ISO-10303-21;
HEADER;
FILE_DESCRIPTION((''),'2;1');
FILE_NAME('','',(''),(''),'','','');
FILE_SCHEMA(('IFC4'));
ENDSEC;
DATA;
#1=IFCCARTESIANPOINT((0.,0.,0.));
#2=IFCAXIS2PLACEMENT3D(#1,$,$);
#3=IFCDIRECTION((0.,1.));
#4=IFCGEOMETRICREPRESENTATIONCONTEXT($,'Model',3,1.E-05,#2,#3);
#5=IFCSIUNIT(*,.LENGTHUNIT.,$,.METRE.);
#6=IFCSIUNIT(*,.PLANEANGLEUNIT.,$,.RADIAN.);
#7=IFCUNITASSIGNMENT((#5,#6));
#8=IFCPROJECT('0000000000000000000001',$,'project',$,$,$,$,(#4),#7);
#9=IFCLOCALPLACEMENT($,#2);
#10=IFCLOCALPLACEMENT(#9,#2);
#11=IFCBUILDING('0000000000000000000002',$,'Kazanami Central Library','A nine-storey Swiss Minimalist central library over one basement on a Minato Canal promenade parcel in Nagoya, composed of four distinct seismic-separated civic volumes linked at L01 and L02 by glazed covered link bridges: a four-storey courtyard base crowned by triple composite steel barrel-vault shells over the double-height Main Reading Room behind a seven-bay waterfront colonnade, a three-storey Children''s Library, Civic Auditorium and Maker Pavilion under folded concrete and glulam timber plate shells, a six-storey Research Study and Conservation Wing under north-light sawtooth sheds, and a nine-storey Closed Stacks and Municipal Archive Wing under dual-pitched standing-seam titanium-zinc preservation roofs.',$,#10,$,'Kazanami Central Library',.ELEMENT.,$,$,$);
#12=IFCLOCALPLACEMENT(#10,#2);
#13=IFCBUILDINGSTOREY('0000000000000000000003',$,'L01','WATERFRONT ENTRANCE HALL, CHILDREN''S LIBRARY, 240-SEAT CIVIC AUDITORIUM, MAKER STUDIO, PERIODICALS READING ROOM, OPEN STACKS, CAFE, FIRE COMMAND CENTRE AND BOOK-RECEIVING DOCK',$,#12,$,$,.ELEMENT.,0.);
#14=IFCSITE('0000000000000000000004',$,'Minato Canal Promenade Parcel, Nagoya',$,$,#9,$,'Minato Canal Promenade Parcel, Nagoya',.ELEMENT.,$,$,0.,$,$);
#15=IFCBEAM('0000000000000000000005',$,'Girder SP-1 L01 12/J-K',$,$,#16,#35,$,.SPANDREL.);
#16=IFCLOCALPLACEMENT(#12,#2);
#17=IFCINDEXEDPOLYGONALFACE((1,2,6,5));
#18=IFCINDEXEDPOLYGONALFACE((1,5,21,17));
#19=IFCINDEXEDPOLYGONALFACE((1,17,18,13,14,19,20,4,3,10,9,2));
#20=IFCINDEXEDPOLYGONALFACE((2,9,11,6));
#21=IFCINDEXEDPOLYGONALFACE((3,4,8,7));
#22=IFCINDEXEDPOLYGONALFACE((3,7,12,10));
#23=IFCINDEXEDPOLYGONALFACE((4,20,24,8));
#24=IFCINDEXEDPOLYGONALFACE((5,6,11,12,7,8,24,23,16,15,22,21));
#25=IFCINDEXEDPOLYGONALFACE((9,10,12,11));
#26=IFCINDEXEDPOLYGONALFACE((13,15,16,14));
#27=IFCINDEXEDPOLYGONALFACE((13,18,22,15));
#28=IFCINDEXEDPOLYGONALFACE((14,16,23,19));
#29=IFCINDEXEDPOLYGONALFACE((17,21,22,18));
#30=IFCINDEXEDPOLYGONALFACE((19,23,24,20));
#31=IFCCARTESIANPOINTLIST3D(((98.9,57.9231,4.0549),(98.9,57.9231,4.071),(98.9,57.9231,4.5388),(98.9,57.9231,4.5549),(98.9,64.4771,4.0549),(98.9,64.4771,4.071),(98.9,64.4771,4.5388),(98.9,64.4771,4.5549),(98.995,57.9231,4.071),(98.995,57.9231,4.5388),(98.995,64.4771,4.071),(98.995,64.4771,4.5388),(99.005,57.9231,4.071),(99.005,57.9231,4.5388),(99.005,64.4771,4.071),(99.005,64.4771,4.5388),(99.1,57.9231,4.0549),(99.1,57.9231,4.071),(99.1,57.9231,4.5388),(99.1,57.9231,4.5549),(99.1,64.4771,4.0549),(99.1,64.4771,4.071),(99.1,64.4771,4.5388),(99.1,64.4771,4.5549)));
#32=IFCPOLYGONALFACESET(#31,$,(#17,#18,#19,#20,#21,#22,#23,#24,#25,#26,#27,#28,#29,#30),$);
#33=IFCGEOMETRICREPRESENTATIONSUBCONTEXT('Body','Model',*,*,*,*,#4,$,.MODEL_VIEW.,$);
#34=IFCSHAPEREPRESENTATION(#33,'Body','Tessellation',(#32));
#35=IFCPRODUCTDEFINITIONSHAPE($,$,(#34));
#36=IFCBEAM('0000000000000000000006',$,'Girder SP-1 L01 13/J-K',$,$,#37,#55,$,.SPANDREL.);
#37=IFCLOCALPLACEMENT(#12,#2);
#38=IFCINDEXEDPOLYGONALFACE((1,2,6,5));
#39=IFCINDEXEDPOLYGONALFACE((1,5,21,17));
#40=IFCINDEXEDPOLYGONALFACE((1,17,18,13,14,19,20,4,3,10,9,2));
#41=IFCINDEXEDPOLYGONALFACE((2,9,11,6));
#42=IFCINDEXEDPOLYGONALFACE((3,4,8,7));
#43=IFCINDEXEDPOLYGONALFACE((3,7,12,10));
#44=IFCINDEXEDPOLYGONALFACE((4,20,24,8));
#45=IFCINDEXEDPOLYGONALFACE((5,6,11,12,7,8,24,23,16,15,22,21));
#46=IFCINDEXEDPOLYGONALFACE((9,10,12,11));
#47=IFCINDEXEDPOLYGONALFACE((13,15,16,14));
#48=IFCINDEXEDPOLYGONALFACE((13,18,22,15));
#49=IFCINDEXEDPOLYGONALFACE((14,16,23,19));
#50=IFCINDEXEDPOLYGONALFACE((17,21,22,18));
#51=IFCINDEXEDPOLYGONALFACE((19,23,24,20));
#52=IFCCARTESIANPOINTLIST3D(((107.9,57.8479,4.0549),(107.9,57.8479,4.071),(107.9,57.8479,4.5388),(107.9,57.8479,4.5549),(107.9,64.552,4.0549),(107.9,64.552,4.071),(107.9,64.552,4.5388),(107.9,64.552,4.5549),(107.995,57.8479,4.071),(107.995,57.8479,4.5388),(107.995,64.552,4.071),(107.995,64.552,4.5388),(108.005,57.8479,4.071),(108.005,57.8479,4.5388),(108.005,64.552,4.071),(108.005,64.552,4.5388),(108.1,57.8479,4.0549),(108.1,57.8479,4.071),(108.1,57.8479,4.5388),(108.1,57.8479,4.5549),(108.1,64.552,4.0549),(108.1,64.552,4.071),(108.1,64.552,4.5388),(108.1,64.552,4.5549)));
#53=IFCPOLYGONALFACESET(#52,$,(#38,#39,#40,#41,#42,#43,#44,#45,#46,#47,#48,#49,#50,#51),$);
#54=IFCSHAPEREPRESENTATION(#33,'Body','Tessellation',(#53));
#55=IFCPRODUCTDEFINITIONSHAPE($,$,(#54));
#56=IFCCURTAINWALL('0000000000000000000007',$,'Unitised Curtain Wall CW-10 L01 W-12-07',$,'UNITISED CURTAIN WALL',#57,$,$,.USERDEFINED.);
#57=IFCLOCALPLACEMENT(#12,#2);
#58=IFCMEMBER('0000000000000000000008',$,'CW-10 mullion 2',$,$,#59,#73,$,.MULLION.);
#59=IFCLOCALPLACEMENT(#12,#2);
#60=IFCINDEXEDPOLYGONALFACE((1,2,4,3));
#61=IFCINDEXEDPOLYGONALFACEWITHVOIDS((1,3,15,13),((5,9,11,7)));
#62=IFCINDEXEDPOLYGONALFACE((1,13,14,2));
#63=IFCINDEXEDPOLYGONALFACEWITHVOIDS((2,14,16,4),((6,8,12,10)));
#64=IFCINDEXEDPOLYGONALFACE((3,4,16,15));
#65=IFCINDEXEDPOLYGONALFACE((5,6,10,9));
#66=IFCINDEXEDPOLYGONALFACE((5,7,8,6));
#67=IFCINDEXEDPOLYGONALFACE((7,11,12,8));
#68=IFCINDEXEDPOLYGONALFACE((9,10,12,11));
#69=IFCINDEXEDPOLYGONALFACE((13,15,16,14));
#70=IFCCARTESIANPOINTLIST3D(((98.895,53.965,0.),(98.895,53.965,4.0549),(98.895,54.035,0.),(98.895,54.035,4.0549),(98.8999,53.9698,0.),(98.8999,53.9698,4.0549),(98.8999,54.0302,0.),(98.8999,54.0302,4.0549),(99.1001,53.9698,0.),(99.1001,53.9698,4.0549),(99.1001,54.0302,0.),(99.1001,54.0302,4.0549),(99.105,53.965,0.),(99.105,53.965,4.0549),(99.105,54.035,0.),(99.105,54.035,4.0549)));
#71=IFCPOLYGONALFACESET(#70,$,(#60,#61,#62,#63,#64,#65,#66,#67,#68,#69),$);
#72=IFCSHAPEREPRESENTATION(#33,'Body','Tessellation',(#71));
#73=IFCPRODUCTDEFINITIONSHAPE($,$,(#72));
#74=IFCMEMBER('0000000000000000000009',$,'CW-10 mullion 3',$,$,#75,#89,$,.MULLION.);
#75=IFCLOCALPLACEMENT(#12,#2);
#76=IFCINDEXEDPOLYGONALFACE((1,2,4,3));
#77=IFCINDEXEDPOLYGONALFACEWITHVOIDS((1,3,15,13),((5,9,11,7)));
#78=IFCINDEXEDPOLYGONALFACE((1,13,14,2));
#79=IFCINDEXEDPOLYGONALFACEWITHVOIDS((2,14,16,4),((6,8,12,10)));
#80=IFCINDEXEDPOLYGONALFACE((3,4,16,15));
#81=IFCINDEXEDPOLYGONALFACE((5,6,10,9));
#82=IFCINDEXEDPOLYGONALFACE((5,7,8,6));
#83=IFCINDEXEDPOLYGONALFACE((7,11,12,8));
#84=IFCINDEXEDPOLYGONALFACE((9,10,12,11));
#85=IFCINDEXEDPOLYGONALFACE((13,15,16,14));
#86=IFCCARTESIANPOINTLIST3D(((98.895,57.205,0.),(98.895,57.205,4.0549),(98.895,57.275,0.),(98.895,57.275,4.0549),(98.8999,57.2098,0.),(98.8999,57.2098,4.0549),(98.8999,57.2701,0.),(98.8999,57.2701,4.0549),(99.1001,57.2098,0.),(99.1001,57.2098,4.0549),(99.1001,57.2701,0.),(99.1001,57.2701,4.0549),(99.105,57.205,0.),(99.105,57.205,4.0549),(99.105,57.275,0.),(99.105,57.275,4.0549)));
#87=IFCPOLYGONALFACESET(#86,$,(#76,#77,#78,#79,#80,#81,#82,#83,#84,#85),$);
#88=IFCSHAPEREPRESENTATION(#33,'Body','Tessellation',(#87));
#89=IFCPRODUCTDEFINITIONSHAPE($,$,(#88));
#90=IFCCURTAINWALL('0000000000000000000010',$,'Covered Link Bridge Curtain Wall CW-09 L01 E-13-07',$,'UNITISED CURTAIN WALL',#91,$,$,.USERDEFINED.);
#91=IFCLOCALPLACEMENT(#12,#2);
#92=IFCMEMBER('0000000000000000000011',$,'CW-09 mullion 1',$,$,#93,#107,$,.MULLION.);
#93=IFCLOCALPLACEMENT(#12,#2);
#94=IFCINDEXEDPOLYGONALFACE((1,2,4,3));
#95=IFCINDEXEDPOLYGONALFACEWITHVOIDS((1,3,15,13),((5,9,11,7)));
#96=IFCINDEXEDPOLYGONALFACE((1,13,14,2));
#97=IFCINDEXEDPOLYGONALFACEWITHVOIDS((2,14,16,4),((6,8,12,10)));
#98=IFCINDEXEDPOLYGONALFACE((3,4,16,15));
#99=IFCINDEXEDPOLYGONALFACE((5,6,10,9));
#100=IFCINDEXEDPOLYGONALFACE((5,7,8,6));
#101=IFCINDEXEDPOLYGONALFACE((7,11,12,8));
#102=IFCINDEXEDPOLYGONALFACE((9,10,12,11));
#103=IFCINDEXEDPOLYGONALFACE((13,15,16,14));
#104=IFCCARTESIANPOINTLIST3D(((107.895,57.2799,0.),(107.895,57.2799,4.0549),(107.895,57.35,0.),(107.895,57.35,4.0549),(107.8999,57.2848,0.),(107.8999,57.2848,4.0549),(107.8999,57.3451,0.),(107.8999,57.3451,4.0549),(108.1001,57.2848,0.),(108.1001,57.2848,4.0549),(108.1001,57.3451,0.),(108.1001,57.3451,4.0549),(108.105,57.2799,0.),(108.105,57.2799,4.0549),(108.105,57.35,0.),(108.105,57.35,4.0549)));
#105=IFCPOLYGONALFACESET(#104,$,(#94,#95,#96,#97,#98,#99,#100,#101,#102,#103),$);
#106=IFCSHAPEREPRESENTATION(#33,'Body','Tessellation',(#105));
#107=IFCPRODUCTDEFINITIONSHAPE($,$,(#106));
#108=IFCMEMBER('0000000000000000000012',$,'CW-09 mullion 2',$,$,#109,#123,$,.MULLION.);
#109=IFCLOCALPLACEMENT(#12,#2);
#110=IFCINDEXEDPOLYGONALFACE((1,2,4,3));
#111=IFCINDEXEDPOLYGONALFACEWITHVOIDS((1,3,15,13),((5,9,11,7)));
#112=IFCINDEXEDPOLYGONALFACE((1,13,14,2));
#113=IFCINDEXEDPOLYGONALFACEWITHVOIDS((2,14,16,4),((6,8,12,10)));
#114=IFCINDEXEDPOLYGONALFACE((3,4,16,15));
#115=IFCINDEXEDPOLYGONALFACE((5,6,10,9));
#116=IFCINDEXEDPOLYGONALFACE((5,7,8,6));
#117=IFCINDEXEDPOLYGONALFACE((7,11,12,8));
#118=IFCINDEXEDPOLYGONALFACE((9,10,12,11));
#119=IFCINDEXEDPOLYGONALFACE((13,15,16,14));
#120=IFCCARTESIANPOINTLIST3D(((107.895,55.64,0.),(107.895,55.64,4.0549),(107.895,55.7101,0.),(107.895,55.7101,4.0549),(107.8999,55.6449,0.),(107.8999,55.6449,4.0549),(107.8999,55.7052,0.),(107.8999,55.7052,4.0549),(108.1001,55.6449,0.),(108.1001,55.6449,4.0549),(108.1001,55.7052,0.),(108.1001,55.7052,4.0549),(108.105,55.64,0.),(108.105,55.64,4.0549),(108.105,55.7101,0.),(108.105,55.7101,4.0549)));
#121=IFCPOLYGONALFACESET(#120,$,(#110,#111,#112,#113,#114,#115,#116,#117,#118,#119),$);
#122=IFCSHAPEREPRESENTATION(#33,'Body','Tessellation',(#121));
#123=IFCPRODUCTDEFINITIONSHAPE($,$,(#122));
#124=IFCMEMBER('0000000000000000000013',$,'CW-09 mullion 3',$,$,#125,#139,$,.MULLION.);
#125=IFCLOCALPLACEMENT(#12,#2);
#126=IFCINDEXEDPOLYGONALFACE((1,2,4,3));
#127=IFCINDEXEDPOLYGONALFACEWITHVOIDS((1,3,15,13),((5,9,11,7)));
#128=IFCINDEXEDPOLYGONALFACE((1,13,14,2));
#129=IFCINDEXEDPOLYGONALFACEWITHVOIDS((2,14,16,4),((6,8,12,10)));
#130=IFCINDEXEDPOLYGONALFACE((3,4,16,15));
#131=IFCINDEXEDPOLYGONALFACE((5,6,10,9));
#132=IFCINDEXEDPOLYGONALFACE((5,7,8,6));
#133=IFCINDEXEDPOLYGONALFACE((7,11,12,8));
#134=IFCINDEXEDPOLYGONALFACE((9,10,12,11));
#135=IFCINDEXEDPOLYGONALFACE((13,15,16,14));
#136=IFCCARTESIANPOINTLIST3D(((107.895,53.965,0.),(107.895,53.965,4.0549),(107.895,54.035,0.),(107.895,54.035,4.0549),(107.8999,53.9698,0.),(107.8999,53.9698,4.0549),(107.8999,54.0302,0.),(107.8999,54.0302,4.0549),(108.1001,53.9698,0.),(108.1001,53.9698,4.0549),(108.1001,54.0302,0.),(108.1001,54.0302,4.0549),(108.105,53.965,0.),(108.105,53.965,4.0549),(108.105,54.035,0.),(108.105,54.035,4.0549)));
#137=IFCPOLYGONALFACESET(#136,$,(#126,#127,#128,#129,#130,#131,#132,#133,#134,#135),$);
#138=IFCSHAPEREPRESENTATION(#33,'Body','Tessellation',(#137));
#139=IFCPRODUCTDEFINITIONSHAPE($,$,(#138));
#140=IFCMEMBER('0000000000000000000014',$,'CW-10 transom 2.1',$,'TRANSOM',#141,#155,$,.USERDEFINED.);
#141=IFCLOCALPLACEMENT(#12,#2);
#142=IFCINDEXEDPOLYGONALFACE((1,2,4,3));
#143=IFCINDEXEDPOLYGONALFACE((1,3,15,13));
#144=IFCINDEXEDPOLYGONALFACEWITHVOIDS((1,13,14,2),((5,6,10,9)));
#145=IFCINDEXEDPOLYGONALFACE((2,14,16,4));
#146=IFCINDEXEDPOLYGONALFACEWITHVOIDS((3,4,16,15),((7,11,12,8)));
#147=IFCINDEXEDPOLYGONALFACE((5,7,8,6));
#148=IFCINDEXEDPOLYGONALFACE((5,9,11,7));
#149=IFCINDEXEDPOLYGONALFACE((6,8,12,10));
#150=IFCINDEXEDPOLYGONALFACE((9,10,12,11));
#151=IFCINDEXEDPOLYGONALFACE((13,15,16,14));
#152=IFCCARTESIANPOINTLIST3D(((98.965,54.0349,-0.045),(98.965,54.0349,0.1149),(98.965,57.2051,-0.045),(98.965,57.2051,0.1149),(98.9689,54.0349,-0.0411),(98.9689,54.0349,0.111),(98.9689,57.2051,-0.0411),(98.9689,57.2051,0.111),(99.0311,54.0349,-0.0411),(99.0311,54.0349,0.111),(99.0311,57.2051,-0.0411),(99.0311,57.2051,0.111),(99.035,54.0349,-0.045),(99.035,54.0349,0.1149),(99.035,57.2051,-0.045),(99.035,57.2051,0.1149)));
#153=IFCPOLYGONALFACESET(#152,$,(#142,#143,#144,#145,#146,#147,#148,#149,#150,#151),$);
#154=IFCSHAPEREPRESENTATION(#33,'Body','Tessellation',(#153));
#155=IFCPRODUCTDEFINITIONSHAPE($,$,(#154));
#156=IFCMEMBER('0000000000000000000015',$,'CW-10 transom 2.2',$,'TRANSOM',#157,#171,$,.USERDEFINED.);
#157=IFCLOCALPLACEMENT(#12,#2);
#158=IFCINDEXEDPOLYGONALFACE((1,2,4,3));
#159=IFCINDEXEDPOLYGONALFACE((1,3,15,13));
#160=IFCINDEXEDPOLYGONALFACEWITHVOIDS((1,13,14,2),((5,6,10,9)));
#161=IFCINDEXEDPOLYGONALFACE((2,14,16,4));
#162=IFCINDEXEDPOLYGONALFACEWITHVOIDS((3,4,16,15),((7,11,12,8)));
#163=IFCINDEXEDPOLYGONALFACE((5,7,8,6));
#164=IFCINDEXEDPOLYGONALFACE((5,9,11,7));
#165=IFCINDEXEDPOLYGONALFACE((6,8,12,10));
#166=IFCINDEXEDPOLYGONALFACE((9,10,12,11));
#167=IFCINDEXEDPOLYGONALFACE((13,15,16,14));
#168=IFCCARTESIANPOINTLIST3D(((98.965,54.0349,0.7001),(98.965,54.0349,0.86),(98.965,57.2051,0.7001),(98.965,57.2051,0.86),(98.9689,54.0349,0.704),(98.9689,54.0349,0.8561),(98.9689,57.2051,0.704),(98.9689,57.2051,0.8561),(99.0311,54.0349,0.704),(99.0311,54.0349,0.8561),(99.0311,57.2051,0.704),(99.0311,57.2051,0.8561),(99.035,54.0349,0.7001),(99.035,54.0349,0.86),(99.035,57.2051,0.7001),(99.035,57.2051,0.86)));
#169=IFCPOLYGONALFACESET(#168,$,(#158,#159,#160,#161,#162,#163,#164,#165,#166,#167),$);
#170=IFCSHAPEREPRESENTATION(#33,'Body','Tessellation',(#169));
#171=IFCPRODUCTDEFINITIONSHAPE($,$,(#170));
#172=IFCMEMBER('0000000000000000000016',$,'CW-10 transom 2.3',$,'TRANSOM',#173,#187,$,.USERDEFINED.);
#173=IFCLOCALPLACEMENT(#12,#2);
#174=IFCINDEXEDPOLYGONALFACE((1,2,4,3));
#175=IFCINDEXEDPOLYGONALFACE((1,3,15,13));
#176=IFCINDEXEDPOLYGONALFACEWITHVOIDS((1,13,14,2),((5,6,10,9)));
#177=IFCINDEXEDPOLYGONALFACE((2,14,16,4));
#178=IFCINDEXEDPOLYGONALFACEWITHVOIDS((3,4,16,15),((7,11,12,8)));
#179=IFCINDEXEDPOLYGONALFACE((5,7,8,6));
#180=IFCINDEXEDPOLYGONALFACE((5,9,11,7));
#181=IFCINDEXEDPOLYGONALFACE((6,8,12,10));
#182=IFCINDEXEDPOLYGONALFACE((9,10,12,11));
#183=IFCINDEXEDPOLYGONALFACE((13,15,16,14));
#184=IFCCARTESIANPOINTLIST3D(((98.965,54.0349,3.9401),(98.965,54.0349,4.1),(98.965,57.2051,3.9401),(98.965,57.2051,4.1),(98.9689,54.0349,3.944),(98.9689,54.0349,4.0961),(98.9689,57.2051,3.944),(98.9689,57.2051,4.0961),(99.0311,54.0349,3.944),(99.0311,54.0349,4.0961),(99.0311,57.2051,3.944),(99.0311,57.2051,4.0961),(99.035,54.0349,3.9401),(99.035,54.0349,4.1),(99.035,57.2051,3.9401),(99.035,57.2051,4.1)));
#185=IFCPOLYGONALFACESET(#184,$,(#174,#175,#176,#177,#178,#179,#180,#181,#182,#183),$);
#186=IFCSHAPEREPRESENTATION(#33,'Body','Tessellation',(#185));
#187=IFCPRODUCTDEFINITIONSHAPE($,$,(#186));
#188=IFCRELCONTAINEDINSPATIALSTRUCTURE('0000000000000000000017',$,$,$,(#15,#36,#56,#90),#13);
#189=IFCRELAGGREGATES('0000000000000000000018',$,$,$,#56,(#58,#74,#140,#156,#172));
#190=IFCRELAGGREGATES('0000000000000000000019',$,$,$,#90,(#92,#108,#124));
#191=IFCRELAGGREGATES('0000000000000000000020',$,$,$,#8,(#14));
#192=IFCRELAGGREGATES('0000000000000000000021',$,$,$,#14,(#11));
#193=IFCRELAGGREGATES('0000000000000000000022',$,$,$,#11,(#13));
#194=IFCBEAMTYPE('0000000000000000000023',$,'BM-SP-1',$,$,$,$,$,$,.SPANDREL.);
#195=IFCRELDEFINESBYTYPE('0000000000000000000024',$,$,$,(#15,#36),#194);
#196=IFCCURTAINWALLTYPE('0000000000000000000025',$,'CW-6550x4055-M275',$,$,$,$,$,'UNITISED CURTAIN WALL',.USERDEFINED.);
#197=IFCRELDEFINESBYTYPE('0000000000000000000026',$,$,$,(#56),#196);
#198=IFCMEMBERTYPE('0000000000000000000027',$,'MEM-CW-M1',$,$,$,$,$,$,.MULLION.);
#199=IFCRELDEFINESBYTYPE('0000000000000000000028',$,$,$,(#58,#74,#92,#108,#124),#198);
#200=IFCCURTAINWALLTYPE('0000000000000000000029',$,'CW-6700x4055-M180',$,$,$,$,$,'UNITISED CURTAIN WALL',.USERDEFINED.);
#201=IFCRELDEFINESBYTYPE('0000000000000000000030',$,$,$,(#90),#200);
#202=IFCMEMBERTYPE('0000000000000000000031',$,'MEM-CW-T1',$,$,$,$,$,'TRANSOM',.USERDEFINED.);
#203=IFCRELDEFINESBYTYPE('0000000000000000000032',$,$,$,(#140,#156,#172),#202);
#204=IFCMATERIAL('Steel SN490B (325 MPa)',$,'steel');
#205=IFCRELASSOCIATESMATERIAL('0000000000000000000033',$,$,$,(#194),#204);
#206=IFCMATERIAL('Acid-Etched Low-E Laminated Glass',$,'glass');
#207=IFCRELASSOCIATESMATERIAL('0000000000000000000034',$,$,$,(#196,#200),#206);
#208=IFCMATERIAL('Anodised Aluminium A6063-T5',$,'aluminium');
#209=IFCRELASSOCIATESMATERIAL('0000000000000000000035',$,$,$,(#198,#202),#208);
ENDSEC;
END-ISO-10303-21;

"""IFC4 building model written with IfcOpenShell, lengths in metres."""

from ifc_helpers import new_model, si_unit, direction, frame, origin, origin_2d, place, context, subcontext, project, spatial, hollow_rectangle, i_section, extrude, material, material_profile, profile_set, type_object, element, aggregate, save


model = new_model("IFC4")

# Units and contexts
model_context = context("Model", 3, precision=1e-05, world=origin(), true_north=direction((0.0, 1.0)))
body_context = subcontext(model_context, "Body", "Model", "MODEL_VIEW")
ifc_project = project(units=[si_unit("LENGTHUNIT", "METRE"), si_unit("PLANEANGLEUNIT", "RADIAN")], contexts=[model_context])

# Site, building, storey
site_placement = place(None, origin())
site = spatial("IfcSite", under=ifc_project, at=site_placement, Name="Minato Canal Promenade Parcel, Nagoya", LongName="Minato Canal Promenade Parcel, Nagoya", CompositionType="ELEMENT", RefElevation=0.0)
building_placement = place(site_placement, origin())
building = spatial("IfcBuilding", under=site, at=building_placement, Name="Kazanami Central Library", Description="A nine-storey Swiss Minimalist central library over one basement on a Minato Canal promenade parcel in Nagoya, composed of four distinct seismic-separated civic volumes linked at L01 and L02 by glazed covered link bridges: a four-storey courtyard base crowned by triple composite steel barrel-vault shells over the double-height Main Reading Room behind a seven-bay waterfront colonnade, a three-storey Children's Library, Civic Auditorium and Maker Pavilion under folded concrete and glulam timber plate shells, a six-storey Research Study and Conservation Wing under north-light sawtooth sheds, and a nine-storey Closed Stacks and Municipal Archive Wing under dual-pitched standing-seam titanium-zinc preservation roofs.", LongName="Kazanami Central Library", CompositionType="ELEMENT")
storey_placement = place(building_placement, origin())
storey = spatial("IfcBuildingStorey", under=building, at=storey_placement, Name="L01", Description="WATERFRONT ENTRANCE HALL, CHILDREN'S LIBRARY, 240-SEAT CIVIC AUDITORIUM, MAKER STUDIO, PERIODICALS READING ROOM, OPEN STACKS, CAFE, FIRE COMMAND CENTRE AND BOOK-RECEIVING DOCK", CompositionType="ELEMENT", Elevation=0.0)

# Beams
ifc_material_1 = material(Name="Steel SN490B (325 MPa)", Category="steel")
ifc_material_profile_1 = material_profile(ifc_material_1, i_section(OverallWidth=0.2, OverallDepth=0.5, WebThickness=0.01, FlangeThickness=0.0161, at=origin_2d()), Name="H-500x200x10x16")
ifc_profile_set_1 = profile_set([ifc_material_profile_1], Name="Steel SN490B (325 MPa)")
beam_type_1 = type_object("IfcBeamType", Name="BM-SP-1", PredefinedType="SPANDREL", material=ifc_profile_set_1)
beam_1_placement = place(storey_placement, frame((99.0, 57.9231, 4.3049), z_axis=(0.0, 1.0, 0.0), x_axis=(-1.0, 0.0, 0.0)))
element("IfcBeam", 1, at=beam_1_placement, inside=storey, type_object=beam_type_1, Name="Girder SP-1 L01 12/J-K", PredefinedType="SPANDREL", context=body_context, shape_type="SweptSolid", body=[
    extrude(i_section(OverallWidth=0.2, OverallDepth=0.5, WebThickness=0.01, FlangeThickness=0.0161, at=origin_2d()), origin(), (0.0, 0.0, 1.0), 6.554),
])
beam_2_placement = place(storey_placement, frame((108.0, 57.8479, 4.3049), z_axis=(0.0, 1.0, 0.0), x_axis=(-1.0, 0.0, 0.0)))
element("IfcBeam", 2, at=beam_2_placement, inside=storey, type_object=beam_type_1, Name="Girder SP-1 L01 13/J-K", PredefinedType="SPANDREL", context=body_context, shape_type="SweptSolid", body=[
    extrude(i_section(OverallWidth=0.2, OverallDepth=0.5, WebThickness=0.01, FlangeThickness=0.0161, at=origin_2d()), origin(), (0.0, 0.0, 1.0), 6.7041),
])

# Curtain walls, members
ifc_material_2 = material(Name="Acid-Etched Low-E Laminated Glass", Category="glass")
curtain_wall_type_1 = type_object("IfcCurtainWallType", Name="CW-6550x4055-M275", ElementType="UNITISED CURTAIN WALL", PredefinedType="USERDEFINED", material=ifc_material_2)
curtain_wall_1_placement = place(storey_placement, origin())
curtain_wall_1 = element("IfcCurtainWall", 3, at=curtain_wall_1_placement, inside=storey, type_object=curtain_wall_type_1, Name="Unitised Curtain Wall CW-10 L01 W-12-07", ObjectType="UNITISED CURTAIN WALL", PredefinedType="USERDEFINED")
ifc_material_3 = material(Name="Anodised Aluminium A6063-T5", Category="aluminium")
ifc_material_profile_2 = material_profile(ifc_material_3, hollow_rectangle(XDim=0.0701, YDim=0.21, WallThickness=0.0049, at=origin_2d()), Name="ALU-MULL-70x210x5")
ifc_profile_set_2 = profile_set([ifc_material_profile_2], Name="Anodised Aluminium A6063-T5")
member_type_1 = type_object("IfcMemberType", Name="MEM-CW-M1", PredefinedType="MULLION", material=ifc_profile_set_2)
member_1_placement = place(storey_placement, frame((99.0, 54.0, 0.0), z_axis=(0.0, 0.0, 1.0), x_axis=(0.0, 1.0, 0.0)))
member_1 = element("IfcMember", 4, at=member_1_placement, type_object=member_type_1, Name="CW-10 mullion 2", PredefinedType="MULLION", context=body_context, shape_type="SweptSolid", body=[
    extrude(hollow_rectangle(XDim=0.0701, YDim=0.21, WallThickness=0.0049, at=origin_2d()), origin(), (0.0, 0.0, 1.0), 4.0549),
])
member_2_placement = place(storey_placement, frame((99.0, 57.24, 0.0), z_axis=(0.0, 0.0, 1.0), x_axis=(0.0, 1.0, 0.0)))
member_2 = element("IfcMember", 5, at=member_2_placement, type_object=member_type_1, Name="CW-10 mullion 3", PredefinedType="MULLION", context=body_context, shape_type="SweptSolid", body=[
    extrude(hollow_rectangle(XDim=0.0701, YDim=0.21, WallThickness=0.0049, at=origin_2d()), origin(), (0.0, 0.0, 1.0), 4.0549),
])
curtain_wall_type_2 = type_object("IfcCurtainWallType", Name="CW-6700x4055-M180", ElementType="UNITISED CURTAIN WALL", PredefinedType="USERDEFINED", material=ifc_material_2)
curtain_wall_2_placement = place(storey_placement, origin())
curtain_wall_2 = element("IfcCurtainWall", 6, at=curtain_wall_2_placement, inside=storey, type_object=curtain_wall_type_2, Name="Covered Link Bridge Curtain Wall CW-09 L01 E-13-07", ObjectType="UNITISED CURTAIN WALL", PredefinedType="USERDEFINED")
member_3_placement = place(storey_placement, frame((108.0, 57.3149, 0.0), z_axis=(0.0, 0.0, 1.0), x_axis=(0.0, -1.0, 0.0)))
member_3 = element("IfcMember", 7, at=member_3_placement, type_object=member_type_1, Name="CW-09 mullion 1", PredefinedType="MULLION", context=body_context, shape_type="SweptSolid", body=[
    extrude(hollow_rectangle(XDim=0.0701, YDim=0.21, WallThickness=0.0049, at=origin_2d()), origin(), (0.0, 0.0, 1.0), 4.0549),
])
member_4_placement = place(storey_placement, frame((108.0, 55.675, 0.0), z_axis=(0.0, 0.0, 1.0), x_axis=(0.0, -1.0, 0.0)))
member_4 = element("IfcMember", 8, at=member_4_placement, type_object=member_type_1, Name="CW-09 mullion 2", PredefinedType="MULLION", context=body_context, shape_type="SweptSolid", body=[
    extrude(hollow_rectangle(XDim=0.0701, YDim=0.21, WallThickness=0.0049, at=origin_2d()), origin(), (0.0, 0.0, 1.0), 4.0549),
])
member_5_placement = place(storey_placement, frame((108.0, 54.0, 0.0), z_axis=(0.0, 0.0, 1.0), x_axis=(0.0, -1.0, 0.0)))
member_5 = element("IfcMember", 9, at=member_5_placement, type_object=member_type_1, Name="CW-09 mullion 3", PredefinedType="MULLION", context=body_context, shape_type="SweptSolid", body=[
    extrude(hollow_rectangle(XDim=0.0701, YDim=0.21, WallThickness=0.0049, at=origin_2d()), origin(), (0.0, 0.0, 1.0), 4.0549),
])

# Members
ifc_material_profile_3 = material_profile(ifc_material_3, hollow_rectangle(XDim=0.0701, YDim=0.1599, WallThickness=0.0039, at=origin_2d()), Name="ALU-TRAN-70x160x4")
ifc_profile_set_3 = profile_set([ifc_material_profile_3], Name="Anodised Aluminium A6063-T5")
member_type_2 = type_object("IfcMemberType", Name="MEM-CW-T1", ElementType="TRANSOM", PredefinedType="USERDEFINED", material=ifc_profile_set_3)
member_6_placement = place(storey_placement, frame((99.0, 54.0349, 0.0349), z_axis=(0.0, 1.0, 0.0), x_axis=(-1.0, 0.0, 0.0)))
member_6 = element("IfcMember", 10, at=member_6_placement, type_object=member_type_2, Name="CW-10 transom 2.1", ObjectType="TRANSOM", PredefinedType="USERDEFINED", context=body_context, shape_type="SweptSolid", body=[
    extrude(hollow_rectangle(XDim=0.0701, YDim=0.1599, WallThickness=0.0039, at=origin_2d()), origin(), (0.0, 0.0, 1.0), 3.1702),
])
member_7_placement = place(storey_placement, frame((99.0, 54.0349, 0.78), z_axis=(0.0, 1.0, 0.0), x_axis=(-1.0, 0.0, 0.0)))
member_7 = element("IfcMember", 11, at=member_7_placement, type_object=member_type_2, Name="CW-10 transom 2.2", ObjectType="TRANSOM", PredefinedType="USERDEFINED", context=body_context, shape_type="SweptSolid", body=[
    extrude(hollow_rectangle(XDim=0.0701, YDim=0.1599, WallThickness=0.0039, at=origin_2d()), origin(), (0.0, 0.0, 1.0), 3.1702),
])
member_8_placement = place(storey_placement, frame((99.0, 54.0349, 4.02), z_axis=(0.0, 1.0, 0.0), x_axis=(-1.0, 0.0, 0.0)))
member_8 = element("IfcMember", 12, at=member_8_placement, type_object=member_type_2, Name="CW-10 transom 2.3", ObjectType="TRANSOM", PredefinedType="USERDEFINED", context=body_context, shape_type="SweptSolid", body=[
    extrude(hollow_rectangle(XDim=0.0701, YDim=0.1599, WallThickness=0.0039, at=origin_2d()), origin(), (0.0, 0.0, 1.0), 3.1702),
])

aggregate(curtain_wall_1, [member_1, member_2, member_6, member_7, member_8])
aggregate(curtain_wall_2, [member_3, member_4, member_5])

save(model, "model.ifc")
